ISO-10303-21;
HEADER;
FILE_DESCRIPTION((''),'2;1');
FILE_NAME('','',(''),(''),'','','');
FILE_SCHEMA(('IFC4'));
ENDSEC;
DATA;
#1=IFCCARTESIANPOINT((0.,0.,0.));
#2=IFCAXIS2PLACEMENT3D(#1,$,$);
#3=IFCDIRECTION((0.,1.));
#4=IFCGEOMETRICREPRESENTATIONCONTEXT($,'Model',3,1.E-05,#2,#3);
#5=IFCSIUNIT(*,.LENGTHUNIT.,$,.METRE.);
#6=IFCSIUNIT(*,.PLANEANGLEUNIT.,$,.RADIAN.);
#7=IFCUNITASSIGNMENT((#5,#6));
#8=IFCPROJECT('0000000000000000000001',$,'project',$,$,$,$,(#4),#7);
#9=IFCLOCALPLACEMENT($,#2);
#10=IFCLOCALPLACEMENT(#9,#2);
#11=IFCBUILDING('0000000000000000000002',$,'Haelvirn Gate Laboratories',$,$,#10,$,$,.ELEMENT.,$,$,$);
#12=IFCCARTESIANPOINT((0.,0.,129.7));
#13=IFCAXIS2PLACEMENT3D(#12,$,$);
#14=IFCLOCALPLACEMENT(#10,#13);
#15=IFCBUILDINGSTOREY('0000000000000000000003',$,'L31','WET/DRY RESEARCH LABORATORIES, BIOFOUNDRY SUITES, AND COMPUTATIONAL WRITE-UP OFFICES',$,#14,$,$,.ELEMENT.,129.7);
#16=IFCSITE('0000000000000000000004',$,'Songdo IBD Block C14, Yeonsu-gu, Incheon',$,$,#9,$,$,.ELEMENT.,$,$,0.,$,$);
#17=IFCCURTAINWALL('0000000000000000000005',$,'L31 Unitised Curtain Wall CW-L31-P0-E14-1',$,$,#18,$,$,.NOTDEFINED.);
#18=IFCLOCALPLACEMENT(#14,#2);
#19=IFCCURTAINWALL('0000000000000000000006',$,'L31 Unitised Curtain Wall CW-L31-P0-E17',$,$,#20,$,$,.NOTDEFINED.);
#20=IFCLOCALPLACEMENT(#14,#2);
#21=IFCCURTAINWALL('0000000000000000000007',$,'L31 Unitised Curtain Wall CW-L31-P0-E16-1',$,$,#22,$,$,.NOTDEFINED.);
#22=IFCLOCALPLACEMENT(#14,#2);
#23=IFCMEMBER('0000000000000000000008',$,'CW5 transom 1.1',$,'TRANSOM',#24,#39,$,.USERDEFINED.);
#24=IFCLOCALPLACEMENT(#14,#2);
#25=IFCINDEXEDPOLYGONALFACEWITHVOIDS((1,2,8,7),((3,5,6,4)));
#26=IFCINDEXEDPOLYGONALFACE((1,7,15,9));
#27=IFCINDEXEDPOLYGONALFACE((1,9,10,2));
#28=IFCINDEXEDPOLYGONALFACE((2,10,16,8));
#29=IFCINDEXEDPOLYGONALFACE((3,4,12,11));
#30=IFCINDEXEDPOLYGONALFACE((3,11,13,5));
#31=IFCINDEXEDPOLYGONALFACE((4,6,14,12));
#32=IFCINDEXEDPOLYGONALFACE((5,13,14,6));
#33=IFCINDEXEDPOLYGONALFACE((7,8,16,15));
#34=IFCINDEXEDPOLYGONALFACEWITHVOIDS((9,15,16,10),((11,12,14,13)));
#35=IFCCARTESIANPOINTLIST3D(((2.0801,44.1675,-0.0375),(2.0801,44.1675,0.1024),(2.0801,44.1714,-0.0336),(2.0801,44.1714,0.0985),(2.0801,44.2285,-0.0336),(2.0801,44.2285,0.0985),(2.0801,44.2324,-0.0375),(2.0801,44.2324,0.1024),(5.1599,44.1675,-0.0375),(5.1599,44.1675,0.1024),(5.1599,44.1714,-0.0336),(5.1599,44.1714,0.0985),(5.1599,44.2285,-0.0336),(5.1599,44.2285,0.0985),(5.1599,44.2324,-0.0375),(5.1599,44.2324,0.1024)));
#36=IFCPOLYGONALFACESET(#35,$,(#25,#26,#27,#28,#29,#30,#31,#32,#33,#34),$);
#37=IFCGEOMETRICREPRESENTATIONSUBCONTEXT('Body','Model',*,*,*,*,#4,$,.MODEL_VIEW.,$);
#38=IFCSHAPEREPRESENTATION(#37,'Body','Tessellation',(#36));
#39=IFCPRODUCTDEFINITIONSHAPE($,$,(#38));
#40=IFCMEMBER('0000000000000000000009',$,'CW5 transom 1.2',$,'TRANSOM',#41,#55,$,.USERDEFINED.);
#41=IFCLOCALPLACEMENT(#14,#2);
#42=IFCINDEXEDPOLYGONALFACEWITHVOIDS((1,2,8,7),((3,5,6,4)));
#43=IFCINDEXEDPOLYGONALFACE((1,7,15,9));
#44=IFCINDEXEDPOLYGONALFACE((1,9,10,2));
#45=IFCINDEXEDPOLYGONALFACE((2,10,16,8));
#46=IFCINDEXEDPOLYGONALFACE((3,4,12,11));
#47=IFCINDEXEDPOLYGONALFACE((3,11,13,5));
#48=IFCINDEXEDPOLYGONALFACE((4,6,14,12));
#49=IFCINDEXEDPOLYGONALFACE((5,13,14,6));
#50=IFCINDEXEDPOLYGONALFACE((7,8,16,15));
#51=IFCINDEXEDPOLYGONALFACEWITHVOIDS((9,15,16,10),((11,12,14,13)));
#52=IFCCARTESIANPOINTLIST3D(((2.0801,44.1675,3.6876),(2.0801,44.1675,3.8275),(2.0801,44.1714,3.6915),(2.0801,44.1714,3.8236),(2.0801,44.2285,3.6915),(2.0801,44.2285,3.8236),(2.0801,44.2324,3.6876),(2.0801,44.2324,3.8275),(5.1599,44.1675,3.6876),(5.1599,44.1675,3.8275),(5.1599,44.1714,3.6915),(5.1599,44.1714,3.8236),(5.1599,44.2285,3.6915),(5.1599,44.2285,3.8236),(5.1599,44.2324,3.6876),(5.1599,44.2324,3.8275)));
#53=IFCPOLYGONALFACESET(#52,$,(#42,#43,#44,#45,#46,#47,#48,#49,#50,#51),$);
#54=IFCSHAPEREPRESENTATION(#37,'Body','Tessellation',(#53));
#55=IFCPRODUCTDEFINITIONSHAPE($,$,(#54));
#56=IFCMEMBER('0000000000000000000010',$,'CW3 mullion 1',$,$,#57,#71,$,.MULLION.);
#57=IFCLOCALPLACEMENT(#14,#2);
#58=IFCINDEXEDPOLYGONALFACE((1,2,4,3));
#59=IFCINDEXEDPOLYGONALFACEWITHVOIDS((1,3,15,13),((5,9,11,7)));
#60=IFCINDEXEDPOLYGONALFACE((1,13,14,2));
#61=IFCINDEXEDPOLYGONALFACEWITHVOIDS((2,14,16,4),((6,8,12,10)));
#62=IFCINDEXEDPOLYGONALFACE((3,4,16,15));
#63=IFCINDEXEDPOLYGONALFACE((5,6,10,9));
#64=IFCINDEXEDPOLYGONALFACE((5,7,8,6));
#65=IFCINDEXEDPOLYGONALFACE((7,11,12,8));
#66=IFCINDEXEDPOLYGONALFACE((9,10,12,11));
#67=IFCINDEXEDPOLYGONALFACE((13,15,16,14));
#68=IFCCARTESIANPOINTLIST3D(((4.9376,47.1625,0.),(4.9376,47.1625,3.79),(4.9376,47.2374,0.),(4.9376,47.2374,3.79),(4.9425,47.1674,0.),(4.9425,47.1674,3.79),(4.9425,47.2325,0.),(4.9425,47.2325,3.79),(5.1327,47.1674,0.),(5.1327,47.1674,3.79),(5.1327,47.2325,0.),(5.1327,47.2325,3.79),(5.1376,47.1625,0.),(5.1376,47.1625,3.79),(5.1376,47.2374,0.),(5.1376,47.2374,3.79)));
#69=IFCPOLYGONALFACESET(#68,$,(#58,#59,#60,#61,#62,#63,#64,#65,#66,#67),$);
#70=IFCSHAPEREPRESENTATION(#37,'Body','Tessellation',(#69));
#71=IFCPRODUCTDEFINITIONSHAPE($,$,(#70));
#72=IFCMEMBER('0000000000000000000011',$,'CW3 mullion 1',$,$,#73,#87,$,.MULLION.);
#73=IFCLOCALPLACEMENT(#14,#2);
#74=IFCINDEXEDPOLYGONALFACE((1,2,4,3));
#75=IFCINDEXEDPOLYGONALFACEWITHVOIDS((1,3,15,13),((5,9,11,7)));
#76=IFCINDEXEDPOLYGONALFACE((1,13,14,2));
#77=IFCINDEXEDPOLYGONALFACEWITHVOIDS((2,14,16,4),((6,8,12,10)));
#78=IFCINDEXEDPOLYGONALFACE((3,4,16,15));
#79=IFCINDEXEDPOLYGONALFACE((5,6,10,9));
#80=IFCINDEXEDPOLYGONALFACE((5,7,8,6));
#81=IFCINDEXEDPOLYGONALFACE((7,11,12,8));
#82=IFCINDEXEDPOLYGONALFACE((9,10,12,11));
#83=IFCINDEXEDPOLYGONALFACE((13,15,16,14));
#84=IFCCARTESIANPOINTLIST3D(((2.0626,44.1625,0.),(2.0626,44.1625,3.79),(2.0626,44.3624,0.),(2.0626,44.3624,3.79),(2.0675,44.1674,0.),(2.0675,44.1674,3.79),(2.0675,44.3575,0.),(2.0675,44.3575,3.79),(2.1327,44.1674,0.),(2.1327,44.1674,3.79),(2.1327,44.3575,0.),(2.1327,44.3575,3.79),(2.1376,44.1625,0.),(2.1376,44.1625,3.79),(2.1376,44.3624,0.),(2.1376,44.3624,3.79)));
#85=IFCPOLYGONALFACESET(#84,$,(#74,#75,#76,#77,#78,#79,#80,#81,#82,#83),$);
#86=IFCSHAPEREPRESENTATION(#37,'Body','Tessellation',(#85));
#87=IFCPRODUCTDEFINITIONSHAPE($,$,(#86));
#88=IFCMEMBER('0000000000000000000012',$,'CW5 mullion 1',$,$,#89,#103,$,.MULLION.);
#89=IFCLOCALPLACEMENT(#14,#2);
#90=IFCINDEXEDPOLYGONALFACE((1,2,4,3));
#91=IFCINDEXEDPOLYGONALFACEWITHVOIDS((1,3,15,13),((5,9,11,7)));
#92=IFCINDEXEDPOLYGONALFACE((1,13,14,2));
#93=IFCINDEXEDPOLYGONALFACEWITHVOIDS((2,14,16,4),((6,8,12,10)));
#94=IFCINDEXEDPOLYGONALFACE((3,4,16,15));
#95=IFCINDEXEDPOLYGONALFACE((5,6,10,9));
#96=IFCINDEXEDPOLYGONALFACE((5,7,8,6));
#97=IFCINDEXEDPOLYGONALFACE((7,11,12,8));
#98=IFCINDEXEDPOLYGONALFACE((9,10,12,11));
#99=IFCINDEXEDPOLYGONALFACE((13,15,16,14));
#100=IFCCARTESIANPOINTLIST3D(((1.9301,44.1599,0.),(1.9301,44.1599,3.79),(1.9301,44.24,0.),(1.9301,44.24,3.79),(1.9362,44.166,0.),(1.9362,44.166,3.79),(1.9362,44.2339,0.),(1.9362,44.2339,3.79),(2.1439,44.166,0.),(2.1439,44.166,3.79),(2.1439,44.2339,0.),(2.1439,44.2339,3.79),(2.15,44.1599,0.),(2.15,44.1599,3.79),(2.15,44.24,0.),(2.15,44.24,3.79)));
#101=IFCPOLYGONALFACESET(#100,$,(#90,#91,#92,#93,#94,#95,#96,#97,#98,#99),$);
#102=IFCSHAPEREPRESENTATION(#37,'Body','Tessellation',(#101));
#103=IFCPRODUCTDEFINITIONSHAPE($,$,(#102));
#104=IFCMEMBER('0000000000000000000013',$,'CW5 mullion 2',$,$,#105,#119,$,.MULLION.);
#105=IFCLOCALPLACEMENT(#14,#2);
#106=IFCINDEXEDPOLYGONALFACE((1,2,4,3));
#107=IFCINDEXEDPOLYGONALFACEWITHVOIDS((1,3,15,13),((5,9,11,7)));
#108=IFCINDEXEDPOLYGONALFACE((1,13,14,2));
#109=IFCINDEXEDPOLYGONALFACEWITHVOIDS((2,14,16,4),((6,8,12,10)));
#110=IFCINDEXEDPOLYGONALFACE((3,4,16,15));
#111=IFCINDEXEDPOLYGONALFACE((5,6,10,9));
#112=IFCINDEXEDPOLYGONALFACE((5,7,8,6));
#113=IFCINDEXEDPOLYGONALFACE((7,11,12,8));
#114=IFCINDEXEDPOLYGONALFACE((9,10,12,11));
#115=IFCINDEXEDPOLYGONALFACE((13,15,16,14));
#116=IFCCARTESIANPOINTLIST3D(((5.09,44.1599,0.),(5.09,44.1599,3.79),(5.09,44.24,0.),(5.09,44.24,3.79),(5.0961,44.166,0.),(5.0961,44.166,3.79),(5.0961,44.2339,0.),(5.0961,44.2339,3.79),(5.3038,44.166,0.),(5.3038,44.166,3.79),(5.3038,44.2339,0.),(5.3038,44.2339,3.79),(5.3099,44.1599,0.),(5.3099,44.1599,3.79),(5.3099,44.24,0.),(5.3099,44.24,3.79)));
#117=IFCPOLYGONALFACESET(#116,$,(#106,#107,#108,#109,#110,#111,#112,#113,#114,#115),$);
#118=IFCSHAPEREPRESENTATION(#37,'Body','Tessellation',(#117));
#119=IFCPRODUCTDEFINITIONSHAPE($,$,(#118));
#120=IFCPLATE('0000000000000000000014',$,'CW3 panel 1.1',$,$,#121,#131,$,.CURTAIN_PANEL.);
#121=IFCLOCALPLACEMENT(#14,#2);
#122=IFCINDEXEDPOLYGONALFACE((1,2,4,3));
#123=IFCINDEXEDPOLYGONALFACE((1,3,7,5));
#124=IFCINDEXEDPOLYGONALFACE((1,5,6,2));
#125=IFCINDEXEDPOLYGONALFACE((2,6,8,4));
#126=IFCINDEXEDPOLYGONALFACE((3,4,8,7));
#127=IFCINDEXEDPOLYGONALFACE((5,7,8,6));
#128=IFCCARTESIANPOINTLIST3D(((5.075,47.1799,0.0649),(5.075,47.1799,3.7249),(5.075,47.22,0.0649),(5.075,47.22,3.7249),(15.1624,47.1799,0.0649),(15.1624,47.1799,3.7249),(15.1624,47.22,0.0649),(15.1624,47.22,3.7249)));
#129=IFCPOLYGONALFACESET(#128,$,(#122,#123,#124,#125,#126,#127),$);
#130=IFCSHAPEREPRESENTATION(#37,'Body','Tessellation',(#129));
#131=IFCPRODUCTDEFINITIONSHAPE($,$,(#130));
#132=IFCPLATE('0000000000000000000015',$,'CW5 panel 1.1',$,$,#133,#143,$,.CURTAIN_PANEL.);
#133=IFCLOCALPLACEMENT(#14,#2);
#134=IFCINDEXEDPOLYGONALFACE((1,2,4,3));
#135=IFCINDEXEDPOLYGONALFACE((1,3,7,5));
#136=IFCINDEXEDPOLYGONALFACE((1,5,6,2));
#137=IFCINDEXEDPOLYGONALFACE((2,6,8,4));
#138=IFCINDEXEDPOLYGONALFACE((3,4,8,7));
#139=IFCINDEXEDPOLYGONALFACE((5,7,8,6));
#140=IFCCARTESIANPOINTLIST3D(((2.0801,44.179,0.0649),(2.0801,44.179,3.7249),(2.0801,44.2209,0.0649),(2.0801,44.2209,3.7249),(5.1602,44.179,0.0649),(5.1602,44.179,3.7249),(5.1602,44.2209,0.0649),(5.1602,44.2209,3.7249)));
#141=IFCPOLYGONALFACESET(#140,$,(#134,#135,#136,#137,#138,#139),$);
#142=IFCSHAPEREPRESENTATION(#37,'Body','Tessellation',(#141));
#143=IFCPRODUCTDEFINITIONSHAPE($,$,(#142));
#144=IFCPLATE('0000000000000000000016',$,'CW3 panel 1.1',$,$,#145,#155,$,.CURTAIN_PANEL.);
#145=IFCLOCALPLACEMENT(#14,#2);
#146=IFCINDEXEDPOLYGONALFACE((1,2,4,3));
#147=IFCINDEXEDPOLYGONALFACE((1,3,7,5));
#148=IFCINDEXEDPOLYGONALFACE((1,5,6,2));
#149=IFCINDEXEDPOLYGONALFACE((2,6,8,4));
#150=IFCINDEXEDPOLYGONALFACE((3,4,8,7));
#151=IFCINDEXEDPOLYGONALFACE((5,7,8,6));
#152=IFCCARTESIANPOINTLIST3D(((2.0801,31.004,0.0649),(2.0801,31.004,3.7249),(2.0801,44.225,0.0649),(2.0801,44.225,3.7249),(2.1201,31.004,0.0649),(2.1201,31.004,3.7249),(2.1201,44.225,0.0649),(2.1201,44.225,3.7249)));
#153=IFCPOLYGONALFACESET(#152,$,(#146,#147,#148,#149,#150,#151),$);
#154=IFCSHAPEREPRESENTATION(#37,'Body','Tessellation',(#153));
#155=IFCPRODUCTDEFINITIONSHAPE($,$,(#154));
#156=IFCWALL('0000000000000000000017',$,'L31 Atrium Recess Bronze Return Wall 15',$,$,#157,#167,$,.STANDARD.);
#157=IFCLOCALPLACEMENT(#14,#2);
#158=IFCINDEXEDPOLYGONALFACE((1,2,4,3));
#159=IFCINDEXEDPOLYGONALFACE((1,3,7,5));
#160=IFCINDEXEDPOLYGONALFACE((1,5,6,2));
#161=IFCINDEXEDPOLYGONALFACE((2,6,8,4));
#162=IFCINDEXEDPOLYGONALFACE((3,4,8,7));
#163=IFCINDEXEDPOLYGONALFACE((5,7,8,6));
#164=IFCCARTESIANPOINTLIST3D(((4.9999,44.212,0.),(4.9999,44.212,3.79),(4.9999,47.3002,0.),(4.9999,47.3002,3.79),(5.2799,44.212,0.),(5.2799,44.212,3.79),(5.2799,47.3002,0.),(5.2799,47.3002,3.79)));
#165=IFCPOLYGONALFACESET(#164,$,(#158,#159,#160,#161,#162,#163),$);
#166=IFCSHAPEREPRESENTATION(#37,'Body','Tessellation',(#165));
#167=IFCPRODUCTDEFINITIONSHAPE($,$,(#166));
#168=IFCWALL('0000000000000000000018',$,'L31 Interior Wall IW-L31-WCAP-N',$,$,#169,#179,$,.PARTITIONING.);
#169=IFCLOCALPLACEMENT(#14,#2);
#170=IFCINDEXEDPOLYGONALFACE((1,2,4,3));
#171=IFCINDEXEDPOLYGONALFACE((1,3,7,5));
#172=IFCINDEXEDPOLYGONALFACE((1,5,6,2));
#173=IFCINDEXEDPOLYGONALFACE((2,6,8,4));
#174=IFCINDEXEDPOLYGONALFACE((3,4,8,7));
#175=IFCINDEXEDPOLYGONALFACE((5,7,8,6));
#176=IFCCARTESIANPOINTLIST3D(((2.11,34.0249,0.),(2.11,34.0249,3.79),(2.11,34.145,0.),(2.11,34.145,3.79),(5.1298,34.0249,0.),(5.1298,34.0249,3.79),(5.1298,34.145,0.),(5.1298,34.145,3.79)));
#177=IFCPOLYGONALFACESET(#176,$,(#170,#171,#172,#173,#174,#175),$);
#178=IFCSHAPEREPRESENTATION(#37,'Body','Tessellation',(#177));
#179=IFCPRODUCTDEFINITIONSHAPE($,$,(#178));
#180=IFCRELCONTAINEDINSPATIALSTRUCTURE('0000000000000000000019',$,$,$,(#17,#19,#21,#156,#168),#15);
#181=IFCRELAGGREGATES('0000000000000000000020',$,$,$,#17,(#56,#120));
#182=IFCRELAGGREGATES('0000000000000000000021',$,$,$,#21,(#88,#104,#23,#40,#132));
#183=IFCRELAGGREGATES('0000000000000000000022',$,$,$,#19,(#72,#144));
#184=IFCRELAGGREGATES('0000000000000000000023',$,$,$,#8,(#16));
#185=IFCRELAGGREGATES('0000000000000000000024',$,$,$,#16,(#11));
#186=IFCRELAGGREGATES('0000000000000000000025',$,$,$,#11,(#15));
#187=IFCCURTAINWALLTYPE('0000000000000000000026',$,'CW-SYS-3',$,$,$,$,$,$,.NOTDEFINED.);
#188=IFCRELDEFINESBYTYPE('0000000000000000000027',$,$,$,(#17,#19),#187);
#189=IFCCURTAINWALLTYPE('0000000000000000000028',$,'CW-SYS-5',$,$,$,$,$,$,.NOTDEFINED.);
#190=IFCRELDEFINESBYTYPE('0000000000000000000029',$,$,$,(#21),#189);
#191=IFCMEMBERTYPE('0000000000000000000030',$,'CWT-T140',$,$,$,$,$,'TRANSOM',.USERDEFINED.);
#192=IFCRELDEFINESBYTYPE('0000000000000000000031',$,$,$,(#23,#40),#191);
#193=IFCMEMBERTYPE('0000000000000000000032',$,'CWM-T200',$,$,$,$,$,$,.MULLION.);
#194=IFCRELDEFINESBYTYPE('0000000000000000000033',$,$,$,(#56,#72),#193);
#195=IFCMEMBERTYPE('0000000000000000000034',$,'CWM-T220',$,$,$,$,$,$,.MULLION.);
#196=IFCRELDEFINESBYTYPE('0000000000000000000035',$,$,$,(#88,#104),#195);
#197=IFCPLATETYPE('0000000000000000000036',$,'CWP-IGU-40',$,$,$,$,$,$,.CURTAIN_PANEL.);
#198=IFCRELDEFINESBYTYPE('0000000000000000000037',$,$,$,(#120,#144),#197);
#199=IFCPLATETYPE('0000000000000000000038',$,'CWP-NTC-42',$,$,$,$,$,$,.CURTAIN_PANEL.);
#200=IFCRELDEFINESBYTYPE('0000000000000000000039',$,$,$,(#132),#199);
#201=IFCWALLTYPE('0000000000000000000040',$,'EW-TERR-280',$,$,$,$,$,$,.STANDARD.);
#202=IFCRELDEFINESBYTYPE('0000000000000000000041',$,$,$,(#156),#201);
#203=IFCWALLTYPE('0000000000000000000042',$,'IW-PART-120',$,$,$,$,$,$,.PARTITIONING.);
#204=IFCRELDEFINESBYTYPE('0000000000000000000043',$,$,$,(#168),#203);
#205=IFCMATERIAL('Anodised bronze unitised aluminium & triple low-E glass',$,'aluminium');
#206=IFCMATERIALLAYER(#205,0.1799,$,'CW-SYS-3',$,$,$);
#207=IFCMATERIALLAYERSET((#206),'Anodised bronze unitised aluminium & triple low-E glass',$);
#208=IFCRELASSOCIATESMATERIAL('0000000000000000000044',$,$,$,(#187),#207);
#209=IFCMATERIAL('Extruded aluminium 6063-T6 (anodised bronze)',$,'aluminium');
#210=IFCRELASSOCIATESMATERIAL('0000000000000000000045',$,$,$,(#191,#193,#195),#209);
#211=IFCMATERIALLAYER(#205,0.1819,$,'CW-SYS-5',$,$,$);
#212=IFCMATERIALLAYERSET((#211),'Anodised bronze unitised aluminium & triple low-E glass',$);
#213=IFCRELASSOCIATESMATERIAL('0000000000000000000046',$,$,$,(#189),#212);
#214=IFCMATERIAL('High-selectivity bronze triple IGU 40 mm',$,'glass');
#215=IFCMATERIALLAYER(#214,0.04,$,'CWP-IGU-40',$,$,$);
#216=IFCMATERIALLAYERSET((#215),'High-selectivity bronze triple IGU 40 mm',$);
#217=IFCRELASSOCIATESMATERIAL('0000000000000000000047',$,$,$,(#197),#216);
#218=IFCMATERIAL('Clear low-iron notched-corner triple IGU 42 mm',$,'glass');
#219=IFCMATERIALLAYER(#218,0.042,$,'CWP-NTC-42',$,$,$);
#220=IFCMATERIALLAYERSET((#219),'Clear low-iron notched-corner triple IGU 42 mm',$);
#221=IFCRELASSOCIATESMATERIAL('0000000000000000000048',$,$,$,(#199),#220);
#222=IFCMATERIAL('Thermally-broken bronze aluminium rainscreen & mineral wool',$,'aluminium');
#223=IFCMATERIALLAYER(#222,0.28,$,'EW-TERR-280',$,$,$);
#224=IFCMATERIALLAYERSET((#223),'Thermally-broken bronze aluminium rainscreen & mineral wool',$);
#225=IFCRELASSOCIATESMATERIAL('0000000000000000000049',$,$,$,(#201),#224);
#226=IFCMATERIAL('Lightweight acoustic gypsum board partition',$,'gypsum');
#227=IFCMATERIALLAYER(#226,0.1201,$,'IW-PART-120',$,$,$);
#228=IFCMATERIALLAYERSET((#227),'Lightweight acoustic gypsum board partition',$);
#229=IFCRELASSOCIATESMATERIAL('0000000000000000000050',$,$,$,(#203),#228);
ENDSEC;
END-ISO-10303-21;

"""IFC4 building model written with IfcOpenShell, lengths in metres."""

from ifc_helpers import new_model, si_unit, direction, frame, frame_2d, origin, origin_2d, place, context, subcontext, project, spatial, rectangle, hollow_rectangle, extrude, source, transform, mapped, material, layer, layer_set, material_profile, profile_set, type_object, type_shapes, element, aggregate, save


model = new_model("IFC4")

# Units and contexts
model_context = context("Model", 3, precision=1e-05, world=origin(), true_north=direction((0.0, 1.0)))
body_context = subcontext(model_context, "Body", "Model", "MODEL_VIEW")
ifc_project = project(units=[si_unit("LENGTHUNIT", "METRE"), si_unit("PLANEANGLEUNIT", "RADIAN")], contexts=[model_context])

# Site, building, storey
site_placement = place(None, origin())
site = spatial("IfcSite", under=ifc_project, at=site_placement, Name="Songdo IBD Block C14, Yeonsu-gu, Incheon", CompositionType="ELEMENT", RefElevation=0.0)
building_placement = place(site_placement, origin())
building = spatial("IfcBuilding", under=site, at=building_placement, Name="Haelvirn Gate Laboratories", CompositionType="ELEMENT")
storey_placement = place(building_placement, frame((0.0, 0.0, 129.7)))
storey = spatial("IfcBuildingStorey", under=building, at=storey_placement, Name="L31", Description="WET/DRY RESEARCH LABORATORIES, BIOFOUNDRY SUITES, AND COMPUTATIONAL WRITE-UP OFFICES", CompositionType="ELEMENT", Elevation=129.7)

# Curtain walls, members
ifc_material_1 = material(Name="Anodised bronze unitised aluminium & triple low-E glass", Category="aluminium")
ifc_layer_1 = layer(ifc_material_1, 0.1799, Name="CW-SYS-3")
ifc_layer_set_1 = layer_set([ifc_layer_1], Name="Anodised bronze unitised aluminium & triple low-E glass")
curtain_wall_type_1 = type_object("IfcCurtainWallType", Name="CW-SYS-3", PredefinedType="NOTDEFINED", material=ifc_layer_set_1)
curtain_wall_1_placement = place(storey_placement, origin())
curtain_wall_1 = element("IfcCurtainWall", 1, at=curtain_wall_1_placement, inside=storey, type_object=curtain_wall_type_1, Name="L31 Unitised Curtain Wall CW-L31-P0-E14-1", PredefinedType="NOTDEFINED")
ifc_material_2 = material(Name="Extruded aluminium 6063-T6 (anodised bronze)", Category="aluminium")
ifc_material_profile_1 = material_profile(ifc_material_2, hollow_rectangle(XDim=0.0649, YDim=0.1399, WallThickness=0.0039, at=origin_2d()), Name="CWT-140x65x4")
ifc_profile_set_1 = profile_set([ifc_material_profile_1], Name="Extruded aluminium 6063-T6 (anodised bronze)")
member_type_1 = type_object("IfcMemberType", Name="CWT-T140", ElementType="TRANSOM", PredefinedType="USERDEFINED", material=ifc_profile_set_1)
curtain_wall_2_placement = place(storey_placement, origin())
curtain_wall_2 = element("IfcCurtainWall", 2, at=curtain_wall_2_placement, inside=storey, type_object=curtain_wall_type_1, Name="L31 Unitised Curtain Wall CW-L31-P0-E17", PredefinedType="NOTDEFINED")
ifc_layer_2 = layer(ifc_material_1, 0.1819, Name="CW-SYS-5")
ifc_layer_set_2 = layer_set([ifc_layer_2], Name="Anodised bronze unitised aluminium & triple low-E glass")
curtain_wall_type_2 = type_object("IfcCurtainWallType", Name="CW-SYS-5", PredefinedType="NOTDEFINED", material=ifc_layer_set_2)
curtain_wall_3_placement = place(storey_placement, origin())
curtain_wall_3 = element("IfcCurtainWall", 3, at=curtain_wall_3_placement, inside=storey, type_object=curtain_wall_type_2, Name="L31 Unitised Curtain Wall CW-L31-P0-E16-1", PredefinedType="NOTDEFINED")
shared_shape_1 = source(origin(), body_context, "Body", "SweptSolid", [
    extrude(hollow_rectangle(XDim=0.0649, YDim=0.1399, WallThickness=0.0039, at=origin_2d()), origin(), (0.0, 0.0, 1.0), 3.0798),
])
member_1_placement = place(storey_placement, frame((2.0801, 44.2, 0.0325), z_axis=(1.0, 0.0, 0.0), x_axis=(0.0, 1.0, 0.0)))
member_1 = element("IfcMember", 4, at=member_1_placement, type_object=member_type_1, Name="CW5 transom 1.1", ObjectType="TRANSOM", PredefinedType="USERDEFINED", context=body_context, shape_type="MappedRepresentation", body=[
    mapped(shared_shape_1, transform((0.0, 0.0, 0.0), scale=1.0)),
])
member_2_placement = place(storey_placement, frame((2.0801, 44.2, 3.7576), z_axis=(1.0, 0.0, 0.0), x_axis=(0.0, 1.0, 0.0)))
member_2 = element("IfcMember", 5, at=member_2_placement, type_object=member_type_1, Name="CW5 transom 1.2", ObjectType="TRANSOM", PredefinedType="USERDEFINED", context=body_context, shape_type="MappedRepresentation", body=[
    mapped(shared_shape_1, transform((0.0, 0.0, 0.0), scale=1.0)),
])

# Members
ifc_material_profile_2 = material_profile(ifc_material_2, hollow_rectangle(XDim=0.075, YDim=0.2, WallThickness=0.0049, at=origin_2d()), Name="CWM-200x75x5")
ifc_profile_set_2 = profile_set([ifc_material_profile_2], Name="Extruded aluminium 6063-T6 (anodised bronze)")
member_type_2 = type_object("IfcMemberType", Name="CWM-T200", PredefinedType="MULLION", material=ifc_profile_set_2)
shared_shape_2 = source(origin(), body_context, "Body", "SweptSolid", [
    extrude(hollow_rectangle(XDim=0.075, YDim=0.2, WallThickness=0.0049, at=origin_2d()), origin(), (0.0, 0.0, 1.0), 3.79),
])
type_shapes(member_type_2, [shared_shape_2])
member_3_placement = place(storey_placement, frame((5.0376, 47.2, 0.0), z_axis=(0.0, 0.0, 1.0), x_axis=(0.0, 1.0, 0.0)))
member_3 = element("IfcMember", 6, at=member_3_placement, type_object=member_type_2, Name="CW3 mullion 1", PredefinedType="MULLION", context=body_context, shape_type="MappedRepresentation", body=[
    mapped(shared_shape_2, transform((0.0, 0.0, 0.0), scale=1.0)),
])
member_4_placement = place(storey_placement, frame((2.1001, 44.2625, 0.0), z_axis=(0.0, 0.0, 1.0), x_axis=(1.0, 0.0, 0.0)))
member_4 = element("IfcMember", 7, at=member_4_placement, type_object=member_type_2, Name="CW3 mullion 1", PredefinedType="MULLION", context=body_context, shape_type="MappedRepresentation", body=[
    mapped(shared_shape_2, transform((0.0, 0.0, 0.0), scale=1.0)),
])
ifc_material_profile_3 = material_profile(ifc_material_2, hollow_rectangle(XDim=0.0801, YDim=0.22, WallThickness=0.0061, at=origin_2d()), Name="CWM-220x80x6")
ifc_profile_set_3 = profile_set([ifc_material_profile_3], Name="Extruded aluminium 6063-T6 (anodised bronze)")
member_type_3 = type_object("IfcMemberType", Name="CWM-T220", PredefinedType="MULLION", material=ifc_profile_set_3)
shared_shape_3 = source(origin(), body_context, "Body", "SweptSolid", [
    extrude(hollow_rectangle(XDim=0.0801, YDim=0.22, WallThickness=0.0061, at=origin_2d()), origin(), (0.0, 0.0, 1.0), 3.79),
])
type_shapes(member_type_3, [shared_shape_3])
member_5_placement = place(storey_placement, frame((2.04, 44.2, 0.0), z_axis=(0.0, 0.0, 1.0), x_axis=(0.0, 1.0, 0.0)))
member_5 = element("IfcMember", 8, at=member_5_placement, type_object=member_type_3, Name="CW5 mullion 1", PredefinedType="MULLION", context=body_context, shape_type="MappedRepresentation", body=[
    mapped(shared_shape_3, transform((0.0, 0.0, 0.0), scale=1.0)),
])
member_6_placement = place(storey_placement, frame((5.2, 44.2, 0.0), z_axis=(0.0, 0.0, 1.0), x_axis=(0.0, 1.0, 0.0)))
member_6 = element("IfcMember", 9, at=member_6_placement, type_object=member_type_3, Name="CW5 mullion 2", PredefinedType="MULLION", context=body_context, shape_type="MappedRepresentation", body=[
    mapped(shared_shape_3, transform((0.0, 0.0, 0.0), scale=1.0)),
])

# Plates
ifc_material_3 = material(Name="High-selectivity bronze triple IGU 40 mm", Category="glass")
ifc_layer_3 = layer(ifc_material_3, 0.04, Name="CWP-IGU-40")
ifc_layer_set_3 = layer_set([ifc_layer_3], Name="High-selectivity bronze triple IGU 40 mm")
plate_type_1 = type_object("IfcPlateType", Name="CWP-IGU-40", PredefinedType="CURTAIN_PANEL", material=ifc_layer_set_3)
shared_shape_4 = source(origin(), body_context, "Body", "SweptSolid", [
    extrude(rectangle(XDim=10.0874, YDim=0.04, at=origin_2d()), origin(), (0.0, 0.0, 1.0), 3.6599),
])
plate_1_placement = place(storey_placement, frame((10.1187, 47.2, 0.0649), z_axis=(0.0, 0.0, 1.0), x_axis=(1.0, 0.0, 0.0)))
plate_1 = element("IfcPlate", 10, at=plate_1_placement, type_object=plate_type_1, Name="CW3 panel 1.1", PredefinedType="CURTAIN_PANEL", context=body_context, shape_type="MappedRepresentation", body=[
    mapped(shared_shape_4, transform((0.0, 0.0, 0.0), scale=1.0)),
])
aggregate(curtain_wall_1, [member_3, plate_1])
ifc_material_4 = material(Name="Clear low-iron notched-corner triple IGU 42 mm", Category="glass")
ifc_layer_4 = layer(ifc_material_4, 0.042, Name="CWP-NTC-42")
ifc_layer_set_4 = layer_set([ifc_layer_4], Name="Clear low-iron notched-corner triple IGU 42 mm")
plate_type_2 = type_object("IfcPlateType", Name="CWP-NTC-42", PredefinedType="CURTAIN_PANEL", material=ifc_layer_set_4)
shared_shape_5 = source(origin(), body_context, "Body", "SweptSolid", [
    extrude(rectangle(XDim=3.0801, YDim=0.042, at=origin_2d()), origin(), (0.0, 0.0, 1.0), 3.6599),
])
type_shapes(plate_type_2, [shared_shape_5])
plate_2_placement = place(storey_placement, frame((3.6201, 44.2, 0.0649), z_axis=(0.0, 0.0, 1.0), x_axis=(1.0, 0.0, 0.0)))
plate_2 = element("IfcPlate", 11, at=plate_2_placement, type_object=plate_type_2, Name="CW5 panel 1.1", PredefinedType="CURTAIN_PANEL", context=body_context, shape_type="MappedRepresentation", body=[
    mapped(shared_shape_5, transform((0.0, 0.0, 0.0), scale=1.0)),
])
aggregate(curtain_wall_3, [member_5, member_6, member_1, member_2, plate_2])
shared_shape_6 = source(origin(), body_context, "Body", "SweptSolid", [
    extrude(rectangle(XDim=13.2209, YDim=0.04, at=origin_2d()), origin(), (0.0, 0.0, 1.0), 3.6599),
])
type_shapes(plate_type_1, [shared_shape_4, shared_shape_6])
plate_3_placement = place(storey_placement, frame((2.1001, 37.6145, 0.0649), z_axis=(0.0, 0.0, 1.0), x_axis=(0.0, -1.0, 0.0)))
plate_3 = element("IfcPlate", 12, at=plate_3_placement, type_object=plate_type_1, Name="CW3 panel 1.1", PredefinedType="CURTAIN_PANEL", context=body_context, shape_type="MappedRepresentation", body=[
    mapped(shared_shape_6, transform((0.0, 0.0, 0.0), scale=1.0)),
])
aggregate(curtain_wall_2, [member_4, plate_3])

# Walls
ifc_material_5 = material(Name="Thermally-broken bronze aluminium rainscreen & mineral wool", Category="aluminium")
ifc_layer_5 = layer(ifc_material_5, 0.28, Name="EW-TERR-280")
ifc_layer_set_5 = layer_set([ifc_layer_5], Name="Thermally-broken bronze aluminium rainscreen & mineral wool")
wall_type_1 = type_object("IfcWallType", Name="EW-TERR-280", PredefinedType="STANDARD", material=ifc_layer_set_5)
wall_1_placement = place(storey_placement, frame((5.1399, 47.3, 0.0), z_axis=(0.0, 0.0, 1.0), x_axis=(0.0, -1.0, 0.0)))
element("IfcWall", 13, at=wall_1_placement, inside=storey, type_object=wall_type_1, Name="L31 Atrium Recess Bronze Return Wall 15", PredefinedType="STANDARD", context=body_context, shape_type="SweptSolid", body=[
    extrude(rectangle(XDim=3.0881, YDim=0.28, at=frame_2d((1.5439, 0.0))), origin(), (0.0, 0.0, 1.0), 3.79),
])
ifc_material_6 = material(Name="Lightweight acoustic gypsum board partition", Category="gypsum")
ifc_layer_6 = layer(ifc_material_6, 0.1201, Name="IW-PART-120")
ifc_layer_set_6 = layer_set([ifc_layer_6], Name="Lightweight acoustic gypsum board partition")
wall_type_2 = type_object("IfcWallType", Name="IW-PART-120", PredefinedType="PARTITIONING", material=ifc_layer_set_6)
wall_2_placement = place(storey_placement, frame((2.1101, 34.085, 0.0), z_axis=(0.0, 0.0, 1.0), x_axis=(1.0, 0.0, 0.0)))
element("IfcWall", 14, at=wall_2_placement, inside=storey, type_object=wall_type_2, Name="L31 Interior Wall IW-L31-WCAP-N", PredefinedType="PARTITIONING", context=body_context, shape_type="SweptSolid", body=[
    extrude(rectangle(XDim=3.0198, YDim=0.1201, at=frame_2d((1.5098, 0.0))), origin(), (0.0, 0.0, 1.0), 3.79),
])

save(model, "model.ifc")
